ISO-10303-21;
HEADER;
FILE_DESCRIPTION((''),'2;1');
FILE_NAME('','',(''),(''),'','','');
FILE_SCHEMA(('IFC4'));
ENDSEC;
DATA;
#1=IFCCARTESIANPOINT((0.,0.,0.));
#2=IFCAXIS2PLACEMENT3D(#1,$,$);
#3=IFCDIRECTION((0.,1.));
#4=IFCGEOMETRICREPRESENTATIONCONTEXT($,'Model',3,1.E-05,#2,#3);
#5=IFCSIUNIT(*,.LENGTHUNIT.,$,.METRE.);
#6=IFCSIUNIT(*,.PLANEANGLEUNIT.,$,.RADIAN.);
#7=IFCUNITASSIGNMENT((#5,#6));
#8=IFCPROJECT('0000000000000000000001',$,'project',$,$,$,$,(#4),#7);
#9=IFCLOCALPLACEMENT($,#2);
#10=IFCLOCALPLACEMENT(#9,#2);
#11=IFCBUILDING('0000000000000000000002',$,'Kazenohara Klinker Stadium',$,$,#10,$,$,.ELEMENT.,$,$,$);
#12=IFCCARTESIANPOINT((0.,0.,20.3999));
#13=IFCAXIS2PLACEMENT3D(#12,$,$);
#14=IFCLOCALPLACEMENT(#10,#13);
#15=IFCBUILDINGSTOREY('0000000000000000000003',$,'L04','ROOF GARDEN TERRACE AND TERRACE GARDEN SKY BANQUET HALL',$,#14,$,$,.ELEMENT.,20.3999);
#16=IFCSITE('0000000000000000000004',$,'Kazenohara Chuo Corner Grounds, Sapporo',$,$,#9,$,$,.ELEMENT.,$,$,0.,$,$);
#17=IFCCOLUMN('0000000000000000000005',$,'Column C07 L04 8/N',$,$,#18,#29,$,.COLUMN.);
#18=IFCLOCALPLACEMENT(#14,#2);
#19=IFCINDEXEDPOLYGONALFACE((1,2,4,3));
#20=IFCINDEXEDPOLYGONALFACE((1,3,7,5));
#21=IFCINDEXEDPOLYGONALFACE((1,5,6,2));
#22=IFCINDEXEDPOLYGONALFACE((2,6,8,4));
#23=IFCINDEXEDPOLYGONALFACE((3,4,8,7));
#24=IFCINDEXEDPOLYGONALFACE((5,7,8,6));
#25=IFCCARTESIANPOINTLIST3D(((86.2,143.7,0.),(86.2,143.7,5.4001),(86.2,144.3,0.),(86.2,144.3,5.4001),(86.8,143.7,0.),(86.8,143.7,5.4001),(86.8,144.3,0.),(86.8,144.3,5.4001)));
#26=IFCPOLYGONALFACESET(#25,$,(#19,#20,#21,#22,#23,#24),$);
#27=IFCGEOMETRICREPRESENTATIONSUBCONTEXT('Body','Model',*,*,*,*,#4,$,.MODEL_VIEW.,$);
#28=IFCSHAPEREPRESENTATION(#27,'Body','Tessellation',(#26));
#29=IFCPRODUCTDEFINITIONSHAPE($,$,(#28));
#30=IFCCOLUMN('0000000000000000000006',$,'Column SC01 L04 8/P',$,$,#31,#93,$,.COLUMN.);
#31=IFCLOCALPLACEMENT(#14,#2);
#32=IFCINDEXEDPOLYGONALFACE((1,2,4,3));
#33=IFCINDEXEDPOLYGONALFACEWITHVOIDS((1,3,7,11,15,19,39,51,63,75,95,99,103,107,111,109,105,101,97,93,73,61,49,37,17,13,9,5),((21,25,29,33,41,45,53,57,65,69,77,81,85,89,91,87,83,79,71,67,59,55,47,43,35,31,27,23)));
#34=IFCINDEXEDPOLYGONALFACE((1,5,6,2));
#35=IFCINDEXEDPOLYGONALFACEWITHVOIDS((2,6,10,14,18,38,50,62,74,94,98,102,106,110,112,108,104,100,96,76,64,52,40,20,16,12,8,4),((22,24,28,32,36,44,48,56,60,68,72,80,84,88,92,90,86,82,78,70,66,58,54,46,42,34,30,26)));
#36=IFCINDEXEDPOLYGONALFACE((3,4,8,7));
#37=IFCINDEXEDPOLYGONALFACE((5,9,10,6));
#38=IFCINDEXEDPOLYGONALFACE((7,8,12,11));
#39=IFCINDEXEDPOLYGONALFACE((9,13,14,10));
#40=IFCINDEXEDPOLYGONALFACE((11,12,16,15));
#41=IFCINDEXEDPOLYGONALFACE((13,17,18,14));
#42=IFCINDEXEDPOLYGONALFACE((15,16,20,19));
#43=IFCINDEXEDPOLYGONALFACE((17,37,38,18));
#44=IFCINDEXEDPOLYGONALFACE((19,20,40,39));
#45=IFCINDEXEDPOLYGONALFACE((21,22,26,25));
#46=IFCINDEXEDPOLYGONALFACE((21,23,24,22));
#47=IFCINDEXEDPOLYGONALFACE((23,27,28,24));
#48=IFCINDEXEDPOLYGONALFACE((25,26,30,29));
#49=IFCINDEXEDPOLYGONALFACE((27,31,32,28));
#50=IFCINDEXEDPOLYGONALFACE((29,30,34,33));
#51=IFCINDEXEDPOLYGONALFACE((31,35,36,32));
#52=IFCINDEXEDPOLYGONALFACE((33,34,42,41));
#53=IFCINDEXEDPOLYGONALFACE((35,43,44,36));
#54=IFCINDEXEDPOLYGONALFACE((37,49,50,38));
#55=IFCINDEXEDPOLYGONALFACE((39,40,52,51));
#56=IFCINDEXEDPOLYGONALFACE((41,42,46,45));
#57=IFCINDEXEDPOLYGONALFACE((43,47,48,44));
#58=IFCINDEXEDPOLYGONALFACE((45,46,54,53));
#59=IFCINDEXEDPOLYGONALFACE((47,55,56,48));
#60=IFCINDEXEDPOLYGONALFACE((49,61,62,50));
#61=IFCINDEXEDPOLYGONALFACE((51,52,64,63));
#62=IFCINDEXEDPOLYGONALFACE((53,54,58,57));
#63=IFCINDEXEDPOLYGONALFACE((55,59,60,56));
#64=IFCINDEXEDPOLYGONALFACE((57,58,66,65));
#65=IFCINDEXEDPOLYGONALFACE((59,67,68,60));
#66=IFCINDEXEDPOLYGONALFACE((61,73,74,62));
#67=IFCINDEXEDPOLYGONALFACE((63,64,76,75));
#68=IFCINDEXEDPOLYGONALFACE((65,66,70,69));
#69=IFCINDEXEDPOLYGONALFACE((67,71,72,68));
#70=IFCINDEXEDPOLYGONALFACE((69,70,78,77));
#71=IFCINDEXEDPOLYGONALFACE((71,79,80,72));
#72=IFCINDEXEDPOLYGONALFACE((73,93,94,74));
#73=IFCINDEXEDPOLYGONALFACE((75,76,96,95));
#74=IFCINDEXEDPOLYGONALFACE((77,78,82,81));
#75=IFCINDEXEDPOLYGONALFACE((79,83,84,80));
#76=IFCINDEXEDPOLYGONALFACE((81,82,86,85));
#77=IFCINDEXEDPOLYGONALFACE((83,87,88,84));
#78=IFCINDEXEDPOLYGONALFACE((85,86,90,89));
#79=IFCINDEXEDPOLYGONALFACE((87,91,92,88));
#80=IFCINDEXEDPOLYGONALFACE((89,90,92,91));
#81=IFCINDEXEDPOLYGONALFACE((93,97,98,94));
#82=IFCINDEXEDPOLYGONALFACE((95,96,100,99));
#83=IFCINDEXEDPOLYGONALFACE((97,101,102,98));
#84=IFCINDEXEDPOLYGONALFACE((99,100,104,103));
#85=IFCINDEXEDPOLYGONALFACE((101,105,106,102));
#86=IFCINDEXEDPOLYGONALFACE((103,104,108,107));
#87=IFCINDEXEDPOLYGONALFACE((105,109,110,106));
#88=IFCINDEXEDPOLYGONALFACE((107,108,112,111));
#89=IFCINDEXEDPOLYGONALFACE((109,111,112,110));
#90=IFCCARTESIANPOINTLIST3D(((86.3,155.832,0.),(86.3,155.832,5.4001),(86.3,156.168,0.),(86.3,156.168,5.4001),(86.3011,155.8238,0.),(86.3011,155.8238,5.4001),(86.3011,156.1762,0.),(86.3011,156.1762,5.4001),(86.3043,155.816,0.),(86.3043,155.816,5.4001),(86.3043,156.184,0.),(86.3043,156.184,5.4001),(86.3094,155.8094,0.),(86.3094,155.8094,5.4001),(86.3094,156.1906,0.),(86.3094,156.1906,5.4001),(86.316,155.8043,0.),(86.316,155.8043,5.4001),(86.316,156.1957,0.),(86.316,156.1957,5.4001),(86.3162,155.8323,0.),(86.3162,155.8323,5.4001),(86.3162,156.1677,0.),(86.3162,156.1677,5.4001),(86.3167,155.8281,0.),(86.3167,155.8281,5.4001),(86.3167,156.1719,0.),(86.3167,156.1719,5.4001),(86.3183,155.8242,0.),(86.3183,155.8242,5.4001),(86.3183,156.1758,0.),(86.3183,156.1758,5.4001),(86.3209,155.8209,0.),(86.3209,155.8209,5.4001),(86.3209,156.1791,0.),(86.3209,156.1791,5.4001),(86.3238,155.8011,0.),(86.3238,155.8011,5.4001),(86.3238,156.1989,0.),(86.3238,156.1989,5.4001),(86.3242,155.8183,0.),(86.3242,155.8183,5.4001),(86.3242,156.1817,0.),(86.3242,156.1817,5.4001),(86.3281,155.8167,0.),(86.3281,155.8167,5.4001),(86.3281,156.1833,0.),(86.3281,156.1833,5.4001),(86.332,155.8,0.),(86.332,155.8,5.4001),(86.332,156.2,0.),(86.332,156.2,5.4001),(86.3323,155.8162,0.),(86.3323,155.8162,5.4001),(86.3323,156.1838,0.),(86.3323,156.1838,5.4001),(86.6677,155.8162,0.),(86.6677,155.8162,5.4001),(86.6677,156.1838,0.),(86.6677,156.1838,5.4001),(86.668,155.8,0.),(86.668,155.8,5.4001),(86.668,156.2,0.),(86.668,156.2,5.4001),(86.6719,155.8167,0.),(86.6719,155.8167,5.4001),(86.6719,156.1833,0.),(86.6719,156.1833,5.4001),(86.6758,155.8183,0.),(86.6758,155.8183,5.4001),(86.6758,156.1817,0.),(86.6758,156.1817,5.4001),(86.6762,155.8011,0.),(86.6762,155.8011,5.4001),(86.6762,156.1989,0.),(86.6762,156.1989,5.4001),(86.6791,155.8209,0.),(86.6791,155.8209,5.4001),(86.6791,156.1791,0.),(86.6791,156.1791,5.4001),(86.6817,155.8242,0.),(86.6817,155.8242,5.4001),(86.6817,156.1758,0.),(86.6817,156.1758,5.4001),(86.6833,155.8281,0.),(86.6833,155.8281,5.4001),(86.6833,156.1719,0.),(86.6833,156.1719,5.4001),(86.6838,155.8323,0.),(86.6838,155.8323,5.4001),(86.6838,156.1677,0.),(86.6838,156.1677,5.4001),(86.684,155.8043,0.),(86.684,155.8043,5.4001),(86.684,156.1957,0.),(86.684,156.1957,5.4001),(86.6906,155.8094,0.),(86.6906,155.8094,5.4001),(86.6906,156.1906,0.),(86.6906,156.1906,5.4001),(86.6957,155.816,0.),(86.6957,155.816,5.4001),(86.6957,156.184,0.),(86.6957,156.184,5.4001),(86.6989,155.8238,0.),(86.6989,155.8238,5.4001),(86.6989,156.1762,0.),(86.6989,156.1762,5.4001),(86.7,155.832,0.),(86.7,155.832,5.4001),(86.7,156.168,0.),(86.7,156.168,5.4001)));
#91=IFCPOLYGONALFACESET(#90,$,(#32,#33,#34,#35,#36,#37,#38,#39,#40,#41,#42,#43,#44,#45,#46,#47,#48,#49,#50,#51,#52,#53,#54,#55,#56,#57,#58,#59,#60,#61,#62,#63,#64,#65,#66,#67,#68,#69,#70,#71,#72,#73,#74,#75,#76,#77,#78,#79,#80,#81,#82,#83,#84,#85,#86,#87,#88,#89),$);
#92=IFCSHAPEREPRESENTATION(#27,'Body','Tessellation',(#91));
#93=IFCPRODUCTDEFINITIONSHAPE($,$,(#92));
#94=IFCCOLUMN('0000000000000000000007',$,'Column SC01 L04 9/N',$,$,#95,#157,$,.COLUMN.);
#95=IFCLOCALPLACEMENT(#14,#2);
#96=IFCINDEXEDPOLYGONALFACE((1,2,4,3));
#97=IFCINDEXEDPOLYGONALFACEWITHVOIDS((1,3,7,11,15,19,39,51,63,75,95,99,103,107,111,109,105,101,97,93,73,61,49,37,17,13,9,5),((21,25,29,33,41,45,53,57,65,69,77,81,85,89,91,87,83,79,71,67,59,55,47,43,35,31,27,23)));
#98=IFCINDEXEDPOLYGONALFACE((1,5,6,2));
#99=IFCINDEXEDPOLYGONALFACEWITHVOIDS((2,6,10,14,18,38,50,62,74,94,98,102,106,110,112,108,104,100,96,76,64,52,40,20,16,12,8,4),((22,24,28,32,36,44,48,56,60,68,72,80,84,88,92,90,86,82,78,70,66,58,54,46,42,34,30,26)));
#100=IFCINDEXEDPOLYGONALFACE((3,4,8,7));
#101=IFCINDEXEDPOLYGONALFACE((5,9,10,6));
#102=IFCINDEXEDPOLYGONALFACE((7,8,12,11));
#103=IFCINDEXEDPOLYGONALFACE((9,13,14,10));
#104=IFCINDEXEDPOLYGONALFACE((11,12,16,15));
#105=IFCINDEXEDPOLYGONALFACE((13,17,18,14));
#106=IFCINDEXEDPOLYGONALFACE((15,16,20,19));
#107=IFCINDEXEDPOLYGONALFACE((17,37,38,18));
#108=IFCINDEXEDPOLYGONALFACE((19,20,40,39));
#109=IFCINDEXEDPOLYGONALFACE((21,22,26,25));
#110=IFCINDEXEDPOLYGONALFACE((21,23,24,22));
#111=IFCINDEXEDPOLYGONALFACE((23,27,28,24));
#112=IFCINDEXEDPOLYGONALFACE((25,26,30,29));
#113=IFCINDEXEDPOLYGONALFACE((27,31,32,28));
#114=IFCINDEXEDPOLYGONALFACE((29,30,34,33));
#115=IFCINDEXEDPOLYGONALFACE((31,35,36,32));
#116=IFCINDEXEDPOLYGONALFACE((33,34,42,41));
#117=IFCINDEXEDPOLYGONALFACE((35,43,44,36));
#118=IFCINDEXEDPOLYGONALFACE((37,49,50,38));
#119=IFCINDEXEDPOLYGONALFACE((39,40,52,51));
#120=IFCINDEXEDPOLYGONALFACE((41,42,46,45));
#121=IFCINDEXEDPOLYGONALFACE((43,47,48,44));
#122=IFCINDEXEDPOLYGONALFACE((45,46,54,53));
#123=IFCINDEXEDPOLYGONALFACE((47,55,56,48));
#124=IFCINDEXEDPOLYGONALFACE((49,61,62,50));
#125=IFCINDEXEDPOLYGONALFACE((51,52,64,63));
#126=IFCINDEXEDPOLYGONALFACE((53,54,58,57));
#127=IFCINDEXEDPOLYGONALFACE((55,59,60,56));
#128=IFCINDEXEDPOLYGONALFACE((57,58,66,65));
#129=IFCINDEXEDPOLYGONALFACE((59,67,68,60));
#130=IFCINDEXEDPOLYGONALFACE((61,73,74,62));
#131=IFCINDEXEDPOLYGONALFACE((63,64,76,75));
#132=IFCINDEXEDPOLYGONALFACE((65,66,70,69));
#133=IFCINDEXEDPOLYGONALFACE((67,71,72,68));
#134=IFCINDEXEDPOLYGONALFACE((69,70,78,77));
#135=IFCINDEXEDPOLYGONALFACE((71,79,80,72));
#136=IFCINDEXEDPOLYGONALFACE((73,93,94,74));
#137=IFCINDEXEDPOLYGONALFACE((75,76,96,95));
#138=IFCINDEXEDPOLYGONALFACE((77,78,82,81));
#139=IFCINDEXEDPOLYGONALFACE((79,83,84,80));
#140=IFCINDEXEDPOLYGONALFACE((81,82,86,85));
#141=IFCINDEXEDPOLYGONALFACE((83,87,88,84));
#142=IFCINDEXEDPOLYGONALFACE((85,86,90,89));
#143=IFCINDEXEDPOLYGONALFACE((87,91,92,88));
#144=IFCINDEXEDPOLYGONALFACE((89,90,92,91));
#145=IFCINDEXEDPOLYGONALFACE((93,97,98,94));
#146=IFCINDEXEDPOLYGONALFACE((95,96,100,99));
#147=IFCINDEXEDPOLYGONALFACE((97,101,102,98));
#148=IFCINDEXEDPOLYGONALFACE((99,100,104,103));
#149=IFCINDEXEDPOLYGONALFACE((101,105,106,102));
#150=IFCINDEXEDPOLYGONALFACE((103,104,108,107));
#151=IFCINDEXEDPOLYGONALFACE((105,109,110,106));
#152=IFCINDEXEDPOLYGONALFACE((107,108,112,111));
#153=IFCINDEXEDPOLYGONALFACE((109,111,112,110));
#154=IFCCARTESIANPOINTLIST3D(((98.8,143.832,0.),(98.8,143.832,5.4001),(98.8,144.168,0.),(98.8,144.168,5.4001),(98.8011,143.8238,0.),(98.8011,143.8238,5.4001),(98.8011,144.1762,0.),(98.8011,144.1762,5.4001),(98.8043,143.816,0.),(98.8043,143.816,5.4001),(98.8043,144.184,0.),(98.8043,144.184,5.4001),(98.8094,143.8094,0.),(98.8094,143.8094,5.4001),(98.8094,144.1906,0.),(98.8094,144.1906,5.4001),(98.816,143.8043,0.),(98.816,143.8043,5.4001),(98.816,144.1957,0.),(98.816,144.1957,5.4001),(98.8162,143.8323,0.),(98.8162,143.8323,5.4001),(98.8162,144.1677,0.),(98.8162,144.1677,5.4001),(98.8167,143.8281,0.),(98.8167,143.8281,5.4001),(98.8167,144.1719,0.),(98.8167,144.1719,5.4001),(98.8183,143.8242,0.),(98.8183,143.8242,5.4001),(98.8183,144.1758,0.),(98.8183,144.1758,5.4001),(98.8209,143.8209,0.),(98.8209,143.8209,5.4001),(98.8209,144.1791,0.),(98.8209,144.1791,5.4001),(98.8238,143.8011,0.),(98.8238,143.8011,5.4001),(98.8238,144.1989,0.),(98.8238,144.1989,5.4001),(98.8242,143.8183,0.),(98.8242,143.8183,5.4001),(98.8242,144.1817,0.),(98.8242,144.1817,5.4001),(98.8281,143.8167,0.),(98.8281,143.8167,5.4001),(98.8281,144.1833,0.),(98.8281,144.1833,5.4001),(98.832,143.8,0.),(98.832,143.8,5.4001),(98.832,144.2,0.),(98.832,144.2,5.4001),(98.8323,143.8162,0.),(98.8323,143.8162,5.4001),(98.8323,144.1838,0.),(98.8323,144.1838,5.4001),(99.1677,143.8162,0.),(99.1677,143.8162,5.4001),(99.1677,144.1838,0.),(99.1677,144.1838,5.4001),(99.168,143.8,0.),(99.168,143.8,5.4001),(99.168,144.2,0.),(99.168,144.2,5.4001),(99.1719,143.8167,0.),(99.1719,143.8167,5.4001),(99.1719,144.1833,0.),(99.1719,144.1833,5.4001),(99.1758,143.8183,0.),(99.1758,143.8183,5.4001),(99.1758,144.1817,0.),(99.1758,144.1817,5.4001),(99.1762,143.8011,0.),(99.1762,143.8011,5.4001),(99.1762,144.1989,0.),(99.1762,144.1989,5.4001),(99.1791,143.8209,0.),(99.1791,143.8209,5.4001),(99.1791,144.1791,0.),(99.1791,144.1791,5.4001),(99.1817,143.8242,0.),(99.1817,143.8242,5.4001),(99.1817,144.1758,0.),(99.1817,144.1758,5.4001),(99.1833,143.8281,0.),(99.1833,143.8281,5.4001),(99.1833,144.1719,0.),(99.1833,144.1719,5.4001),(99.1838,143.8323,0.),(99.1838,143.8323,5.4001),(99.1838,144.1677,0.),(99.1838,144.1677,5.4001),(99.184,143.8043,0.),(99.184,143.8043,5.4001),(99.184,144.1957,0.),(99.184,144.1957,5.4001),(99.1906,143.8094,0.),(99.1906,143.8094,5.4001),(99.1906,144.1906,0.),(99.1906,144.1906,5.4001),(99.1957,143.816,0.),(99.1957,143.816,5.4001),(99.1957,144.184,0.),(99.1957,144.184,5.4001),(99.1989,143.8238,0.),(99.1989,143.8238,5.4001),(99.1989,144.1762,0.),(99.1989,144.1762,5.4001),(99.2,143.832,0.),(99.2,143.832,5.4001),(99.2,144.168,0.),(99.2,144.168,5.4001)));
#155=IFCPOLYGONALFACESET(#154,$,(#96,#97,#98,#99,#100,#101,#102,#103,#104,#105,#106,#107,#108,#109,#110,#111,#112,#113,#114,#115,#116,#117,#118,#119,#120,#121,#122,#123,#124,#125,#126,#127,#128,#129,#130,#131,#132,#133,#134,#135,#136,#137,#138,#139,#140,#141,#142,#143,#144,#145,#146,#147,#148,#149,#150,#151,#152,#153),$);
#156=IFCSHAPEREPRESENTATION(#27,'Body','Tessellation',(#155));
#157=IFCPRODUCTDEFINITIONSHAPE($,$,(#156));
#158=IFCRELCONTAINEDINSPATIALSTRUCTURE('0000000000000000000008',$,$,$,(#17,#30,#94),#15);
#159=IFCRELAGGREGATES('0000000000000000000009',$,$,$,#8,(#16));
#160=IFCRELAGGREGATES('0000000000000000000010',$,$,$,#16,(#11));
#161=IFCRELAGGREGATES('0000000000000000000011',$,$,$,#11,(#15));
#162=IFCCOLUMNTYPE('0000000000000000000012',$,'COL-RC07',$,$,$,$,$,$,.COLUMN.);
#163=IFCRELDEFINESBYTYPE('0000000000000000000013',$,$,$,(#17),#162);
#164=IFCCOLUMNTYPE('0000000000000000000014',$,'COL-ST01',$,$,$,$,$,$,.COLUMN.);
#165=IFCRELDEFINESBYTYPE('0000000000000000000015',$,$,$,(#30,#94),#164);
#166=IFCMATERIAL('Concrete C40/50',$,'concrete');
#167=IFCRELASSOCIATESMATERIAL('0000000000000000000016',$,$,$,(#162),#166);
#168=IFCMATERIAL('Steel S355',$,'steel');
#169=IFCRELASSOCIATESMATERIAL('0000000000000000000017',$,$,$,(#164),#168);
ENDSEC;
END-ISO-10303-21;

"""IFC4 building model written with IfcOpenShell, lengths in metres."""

from ifc_helpers import new_model, si_unit, direction, frame, origin, origin_2d, place, context, subcontext, project, spatial, rectangle, hollow_rectangle, extrude, material, material_profile, profile_set, type_object, element, save


model = new_model("IFC4")

# Units and contexts
model_context = context("Model", 3, precision=1e-05, world=origin(), true_north=direction((0.0, 1.0)))
body_context = subcontext(model_context, "Body", "Model", "MODEL_VIEW")
ifc_project = project(units=[si_unit("LENGTHUNIT", "METRE"), si_unit("PLANEANGLEUNIT", "RADIAN")], contexts=[model_context])

# Site, building, storey
site_placement = place(None, origin())
site = spatial("IfcSite", under=ifc_project, at=site_placement, Name="Kazenohara Chuo Corner Grounds, Sapporo", CompositionType="ELEMENT", RefElevation=0.0)
building_placement = place(site_placement, origin())
building = spatial("IfcBuilding", under=site, at=building_placement, Name="Kazenohara Klinker Stadium", CompositionType="ELEMENT")
storey_placement = place(building_placement, frame((0.0, 0.0, 20.3999)))
storey = spatial("IfcBuildingStorey", under=building, at=storey_placement, Name="L04", Description="ROOF GARDEN TERRACE AND TERRACE GARDEN SKY BANQUET HALL", CompositionType="ELEMENT", Elevation=20.3999)

# Columns
ifc_material_1 = material(Name="Concrete C40/50", Category="concrete")
ifc_material_profile_1 = material_profile(ifc_material_1, rectangle(XDim=0.6001, YDim=0.6001, at=origin_2d()), Name="RC-COL-600x600")
ifc_profile_set_1 = profile_set([ifc_material_profile_1], Name="Concrete C40/50")
column_type_1 = type_object("IfcColumnType", Name="COL-RC07", PredefinedType="COLUMN", material=ifc_profile_set_1)
column_placement = place(storey_placement, frame((86.5, 144.0, 0.0), z_axis=(0.0, 0.0, 1.0), x_axis=(1.0, 0.0, 0.0)))
element("IfcColumn", 1, at=column_placement, inside=storey, type_object=column_type_1, Name="Column C07 L04 8/N", PredefinedType="COLUMN", context=body_context, shape_type="SweptSolid", body=[
    extrude(rectangle(XDim=0.6001, YDim=0.6001, at=origin_2d()), origin(), (0.0, 0.0, 1.0), 5.4001),
])
ifc_material_2 = material(Name="Steel S355", Category="steel")
ifc_material_profile_2 = material_profile(ifc_material_2, hollow_rectangle(XDim=0.3999, YDim=0.3999, WallThickness=0.0161, InnerFilletRadius=0.0161, OuterFilletRadius=0.032, at=origin_2d()), Name="SHS-400x400x16")
ifc_profile_set_2 = profile_set([ifc_material_profile_2], Name="Steel S355")
column_type_2 = type_object("IfcColumnType", Name="COL-ST01", PredefinedType="COLUMN", material=ifc_profile_set_2)
for number, where, z_axis, x_axis, name in (
    (2, (86.5, 156.0, 0.0), (0.0, 0.0, 1.0), (1.0, 0.0, 0.0), "Column SC01 L04 8/P"),
    (3, (99.0, 144.0, 0.0), (0.0, 0.0, 1.0), (1.0, 0.0, 0.0), "Column SC01 L04 9/N"),
):
    element("IfcColumn", number, at=place(storey_placement, frame(where, z_axis=z_axis, x_axis=x_axis)), inside=storey, type_object=column_type_2, Name=name, PredefinedType="COLUMN", context=body_context, shape_type="SweptSolid", body=[
        extrude(hollow_rectangle(XDim=0.3999, YDim=0.3999, WallThickness=0.0161, InnerFilletRadius=0.0161, OuterFilletRadius=0.032, at=origin_2d()), origin(), (0.0, 0.0, 1.0), 5.4001),
    ])

save(model, "model.ifc")
